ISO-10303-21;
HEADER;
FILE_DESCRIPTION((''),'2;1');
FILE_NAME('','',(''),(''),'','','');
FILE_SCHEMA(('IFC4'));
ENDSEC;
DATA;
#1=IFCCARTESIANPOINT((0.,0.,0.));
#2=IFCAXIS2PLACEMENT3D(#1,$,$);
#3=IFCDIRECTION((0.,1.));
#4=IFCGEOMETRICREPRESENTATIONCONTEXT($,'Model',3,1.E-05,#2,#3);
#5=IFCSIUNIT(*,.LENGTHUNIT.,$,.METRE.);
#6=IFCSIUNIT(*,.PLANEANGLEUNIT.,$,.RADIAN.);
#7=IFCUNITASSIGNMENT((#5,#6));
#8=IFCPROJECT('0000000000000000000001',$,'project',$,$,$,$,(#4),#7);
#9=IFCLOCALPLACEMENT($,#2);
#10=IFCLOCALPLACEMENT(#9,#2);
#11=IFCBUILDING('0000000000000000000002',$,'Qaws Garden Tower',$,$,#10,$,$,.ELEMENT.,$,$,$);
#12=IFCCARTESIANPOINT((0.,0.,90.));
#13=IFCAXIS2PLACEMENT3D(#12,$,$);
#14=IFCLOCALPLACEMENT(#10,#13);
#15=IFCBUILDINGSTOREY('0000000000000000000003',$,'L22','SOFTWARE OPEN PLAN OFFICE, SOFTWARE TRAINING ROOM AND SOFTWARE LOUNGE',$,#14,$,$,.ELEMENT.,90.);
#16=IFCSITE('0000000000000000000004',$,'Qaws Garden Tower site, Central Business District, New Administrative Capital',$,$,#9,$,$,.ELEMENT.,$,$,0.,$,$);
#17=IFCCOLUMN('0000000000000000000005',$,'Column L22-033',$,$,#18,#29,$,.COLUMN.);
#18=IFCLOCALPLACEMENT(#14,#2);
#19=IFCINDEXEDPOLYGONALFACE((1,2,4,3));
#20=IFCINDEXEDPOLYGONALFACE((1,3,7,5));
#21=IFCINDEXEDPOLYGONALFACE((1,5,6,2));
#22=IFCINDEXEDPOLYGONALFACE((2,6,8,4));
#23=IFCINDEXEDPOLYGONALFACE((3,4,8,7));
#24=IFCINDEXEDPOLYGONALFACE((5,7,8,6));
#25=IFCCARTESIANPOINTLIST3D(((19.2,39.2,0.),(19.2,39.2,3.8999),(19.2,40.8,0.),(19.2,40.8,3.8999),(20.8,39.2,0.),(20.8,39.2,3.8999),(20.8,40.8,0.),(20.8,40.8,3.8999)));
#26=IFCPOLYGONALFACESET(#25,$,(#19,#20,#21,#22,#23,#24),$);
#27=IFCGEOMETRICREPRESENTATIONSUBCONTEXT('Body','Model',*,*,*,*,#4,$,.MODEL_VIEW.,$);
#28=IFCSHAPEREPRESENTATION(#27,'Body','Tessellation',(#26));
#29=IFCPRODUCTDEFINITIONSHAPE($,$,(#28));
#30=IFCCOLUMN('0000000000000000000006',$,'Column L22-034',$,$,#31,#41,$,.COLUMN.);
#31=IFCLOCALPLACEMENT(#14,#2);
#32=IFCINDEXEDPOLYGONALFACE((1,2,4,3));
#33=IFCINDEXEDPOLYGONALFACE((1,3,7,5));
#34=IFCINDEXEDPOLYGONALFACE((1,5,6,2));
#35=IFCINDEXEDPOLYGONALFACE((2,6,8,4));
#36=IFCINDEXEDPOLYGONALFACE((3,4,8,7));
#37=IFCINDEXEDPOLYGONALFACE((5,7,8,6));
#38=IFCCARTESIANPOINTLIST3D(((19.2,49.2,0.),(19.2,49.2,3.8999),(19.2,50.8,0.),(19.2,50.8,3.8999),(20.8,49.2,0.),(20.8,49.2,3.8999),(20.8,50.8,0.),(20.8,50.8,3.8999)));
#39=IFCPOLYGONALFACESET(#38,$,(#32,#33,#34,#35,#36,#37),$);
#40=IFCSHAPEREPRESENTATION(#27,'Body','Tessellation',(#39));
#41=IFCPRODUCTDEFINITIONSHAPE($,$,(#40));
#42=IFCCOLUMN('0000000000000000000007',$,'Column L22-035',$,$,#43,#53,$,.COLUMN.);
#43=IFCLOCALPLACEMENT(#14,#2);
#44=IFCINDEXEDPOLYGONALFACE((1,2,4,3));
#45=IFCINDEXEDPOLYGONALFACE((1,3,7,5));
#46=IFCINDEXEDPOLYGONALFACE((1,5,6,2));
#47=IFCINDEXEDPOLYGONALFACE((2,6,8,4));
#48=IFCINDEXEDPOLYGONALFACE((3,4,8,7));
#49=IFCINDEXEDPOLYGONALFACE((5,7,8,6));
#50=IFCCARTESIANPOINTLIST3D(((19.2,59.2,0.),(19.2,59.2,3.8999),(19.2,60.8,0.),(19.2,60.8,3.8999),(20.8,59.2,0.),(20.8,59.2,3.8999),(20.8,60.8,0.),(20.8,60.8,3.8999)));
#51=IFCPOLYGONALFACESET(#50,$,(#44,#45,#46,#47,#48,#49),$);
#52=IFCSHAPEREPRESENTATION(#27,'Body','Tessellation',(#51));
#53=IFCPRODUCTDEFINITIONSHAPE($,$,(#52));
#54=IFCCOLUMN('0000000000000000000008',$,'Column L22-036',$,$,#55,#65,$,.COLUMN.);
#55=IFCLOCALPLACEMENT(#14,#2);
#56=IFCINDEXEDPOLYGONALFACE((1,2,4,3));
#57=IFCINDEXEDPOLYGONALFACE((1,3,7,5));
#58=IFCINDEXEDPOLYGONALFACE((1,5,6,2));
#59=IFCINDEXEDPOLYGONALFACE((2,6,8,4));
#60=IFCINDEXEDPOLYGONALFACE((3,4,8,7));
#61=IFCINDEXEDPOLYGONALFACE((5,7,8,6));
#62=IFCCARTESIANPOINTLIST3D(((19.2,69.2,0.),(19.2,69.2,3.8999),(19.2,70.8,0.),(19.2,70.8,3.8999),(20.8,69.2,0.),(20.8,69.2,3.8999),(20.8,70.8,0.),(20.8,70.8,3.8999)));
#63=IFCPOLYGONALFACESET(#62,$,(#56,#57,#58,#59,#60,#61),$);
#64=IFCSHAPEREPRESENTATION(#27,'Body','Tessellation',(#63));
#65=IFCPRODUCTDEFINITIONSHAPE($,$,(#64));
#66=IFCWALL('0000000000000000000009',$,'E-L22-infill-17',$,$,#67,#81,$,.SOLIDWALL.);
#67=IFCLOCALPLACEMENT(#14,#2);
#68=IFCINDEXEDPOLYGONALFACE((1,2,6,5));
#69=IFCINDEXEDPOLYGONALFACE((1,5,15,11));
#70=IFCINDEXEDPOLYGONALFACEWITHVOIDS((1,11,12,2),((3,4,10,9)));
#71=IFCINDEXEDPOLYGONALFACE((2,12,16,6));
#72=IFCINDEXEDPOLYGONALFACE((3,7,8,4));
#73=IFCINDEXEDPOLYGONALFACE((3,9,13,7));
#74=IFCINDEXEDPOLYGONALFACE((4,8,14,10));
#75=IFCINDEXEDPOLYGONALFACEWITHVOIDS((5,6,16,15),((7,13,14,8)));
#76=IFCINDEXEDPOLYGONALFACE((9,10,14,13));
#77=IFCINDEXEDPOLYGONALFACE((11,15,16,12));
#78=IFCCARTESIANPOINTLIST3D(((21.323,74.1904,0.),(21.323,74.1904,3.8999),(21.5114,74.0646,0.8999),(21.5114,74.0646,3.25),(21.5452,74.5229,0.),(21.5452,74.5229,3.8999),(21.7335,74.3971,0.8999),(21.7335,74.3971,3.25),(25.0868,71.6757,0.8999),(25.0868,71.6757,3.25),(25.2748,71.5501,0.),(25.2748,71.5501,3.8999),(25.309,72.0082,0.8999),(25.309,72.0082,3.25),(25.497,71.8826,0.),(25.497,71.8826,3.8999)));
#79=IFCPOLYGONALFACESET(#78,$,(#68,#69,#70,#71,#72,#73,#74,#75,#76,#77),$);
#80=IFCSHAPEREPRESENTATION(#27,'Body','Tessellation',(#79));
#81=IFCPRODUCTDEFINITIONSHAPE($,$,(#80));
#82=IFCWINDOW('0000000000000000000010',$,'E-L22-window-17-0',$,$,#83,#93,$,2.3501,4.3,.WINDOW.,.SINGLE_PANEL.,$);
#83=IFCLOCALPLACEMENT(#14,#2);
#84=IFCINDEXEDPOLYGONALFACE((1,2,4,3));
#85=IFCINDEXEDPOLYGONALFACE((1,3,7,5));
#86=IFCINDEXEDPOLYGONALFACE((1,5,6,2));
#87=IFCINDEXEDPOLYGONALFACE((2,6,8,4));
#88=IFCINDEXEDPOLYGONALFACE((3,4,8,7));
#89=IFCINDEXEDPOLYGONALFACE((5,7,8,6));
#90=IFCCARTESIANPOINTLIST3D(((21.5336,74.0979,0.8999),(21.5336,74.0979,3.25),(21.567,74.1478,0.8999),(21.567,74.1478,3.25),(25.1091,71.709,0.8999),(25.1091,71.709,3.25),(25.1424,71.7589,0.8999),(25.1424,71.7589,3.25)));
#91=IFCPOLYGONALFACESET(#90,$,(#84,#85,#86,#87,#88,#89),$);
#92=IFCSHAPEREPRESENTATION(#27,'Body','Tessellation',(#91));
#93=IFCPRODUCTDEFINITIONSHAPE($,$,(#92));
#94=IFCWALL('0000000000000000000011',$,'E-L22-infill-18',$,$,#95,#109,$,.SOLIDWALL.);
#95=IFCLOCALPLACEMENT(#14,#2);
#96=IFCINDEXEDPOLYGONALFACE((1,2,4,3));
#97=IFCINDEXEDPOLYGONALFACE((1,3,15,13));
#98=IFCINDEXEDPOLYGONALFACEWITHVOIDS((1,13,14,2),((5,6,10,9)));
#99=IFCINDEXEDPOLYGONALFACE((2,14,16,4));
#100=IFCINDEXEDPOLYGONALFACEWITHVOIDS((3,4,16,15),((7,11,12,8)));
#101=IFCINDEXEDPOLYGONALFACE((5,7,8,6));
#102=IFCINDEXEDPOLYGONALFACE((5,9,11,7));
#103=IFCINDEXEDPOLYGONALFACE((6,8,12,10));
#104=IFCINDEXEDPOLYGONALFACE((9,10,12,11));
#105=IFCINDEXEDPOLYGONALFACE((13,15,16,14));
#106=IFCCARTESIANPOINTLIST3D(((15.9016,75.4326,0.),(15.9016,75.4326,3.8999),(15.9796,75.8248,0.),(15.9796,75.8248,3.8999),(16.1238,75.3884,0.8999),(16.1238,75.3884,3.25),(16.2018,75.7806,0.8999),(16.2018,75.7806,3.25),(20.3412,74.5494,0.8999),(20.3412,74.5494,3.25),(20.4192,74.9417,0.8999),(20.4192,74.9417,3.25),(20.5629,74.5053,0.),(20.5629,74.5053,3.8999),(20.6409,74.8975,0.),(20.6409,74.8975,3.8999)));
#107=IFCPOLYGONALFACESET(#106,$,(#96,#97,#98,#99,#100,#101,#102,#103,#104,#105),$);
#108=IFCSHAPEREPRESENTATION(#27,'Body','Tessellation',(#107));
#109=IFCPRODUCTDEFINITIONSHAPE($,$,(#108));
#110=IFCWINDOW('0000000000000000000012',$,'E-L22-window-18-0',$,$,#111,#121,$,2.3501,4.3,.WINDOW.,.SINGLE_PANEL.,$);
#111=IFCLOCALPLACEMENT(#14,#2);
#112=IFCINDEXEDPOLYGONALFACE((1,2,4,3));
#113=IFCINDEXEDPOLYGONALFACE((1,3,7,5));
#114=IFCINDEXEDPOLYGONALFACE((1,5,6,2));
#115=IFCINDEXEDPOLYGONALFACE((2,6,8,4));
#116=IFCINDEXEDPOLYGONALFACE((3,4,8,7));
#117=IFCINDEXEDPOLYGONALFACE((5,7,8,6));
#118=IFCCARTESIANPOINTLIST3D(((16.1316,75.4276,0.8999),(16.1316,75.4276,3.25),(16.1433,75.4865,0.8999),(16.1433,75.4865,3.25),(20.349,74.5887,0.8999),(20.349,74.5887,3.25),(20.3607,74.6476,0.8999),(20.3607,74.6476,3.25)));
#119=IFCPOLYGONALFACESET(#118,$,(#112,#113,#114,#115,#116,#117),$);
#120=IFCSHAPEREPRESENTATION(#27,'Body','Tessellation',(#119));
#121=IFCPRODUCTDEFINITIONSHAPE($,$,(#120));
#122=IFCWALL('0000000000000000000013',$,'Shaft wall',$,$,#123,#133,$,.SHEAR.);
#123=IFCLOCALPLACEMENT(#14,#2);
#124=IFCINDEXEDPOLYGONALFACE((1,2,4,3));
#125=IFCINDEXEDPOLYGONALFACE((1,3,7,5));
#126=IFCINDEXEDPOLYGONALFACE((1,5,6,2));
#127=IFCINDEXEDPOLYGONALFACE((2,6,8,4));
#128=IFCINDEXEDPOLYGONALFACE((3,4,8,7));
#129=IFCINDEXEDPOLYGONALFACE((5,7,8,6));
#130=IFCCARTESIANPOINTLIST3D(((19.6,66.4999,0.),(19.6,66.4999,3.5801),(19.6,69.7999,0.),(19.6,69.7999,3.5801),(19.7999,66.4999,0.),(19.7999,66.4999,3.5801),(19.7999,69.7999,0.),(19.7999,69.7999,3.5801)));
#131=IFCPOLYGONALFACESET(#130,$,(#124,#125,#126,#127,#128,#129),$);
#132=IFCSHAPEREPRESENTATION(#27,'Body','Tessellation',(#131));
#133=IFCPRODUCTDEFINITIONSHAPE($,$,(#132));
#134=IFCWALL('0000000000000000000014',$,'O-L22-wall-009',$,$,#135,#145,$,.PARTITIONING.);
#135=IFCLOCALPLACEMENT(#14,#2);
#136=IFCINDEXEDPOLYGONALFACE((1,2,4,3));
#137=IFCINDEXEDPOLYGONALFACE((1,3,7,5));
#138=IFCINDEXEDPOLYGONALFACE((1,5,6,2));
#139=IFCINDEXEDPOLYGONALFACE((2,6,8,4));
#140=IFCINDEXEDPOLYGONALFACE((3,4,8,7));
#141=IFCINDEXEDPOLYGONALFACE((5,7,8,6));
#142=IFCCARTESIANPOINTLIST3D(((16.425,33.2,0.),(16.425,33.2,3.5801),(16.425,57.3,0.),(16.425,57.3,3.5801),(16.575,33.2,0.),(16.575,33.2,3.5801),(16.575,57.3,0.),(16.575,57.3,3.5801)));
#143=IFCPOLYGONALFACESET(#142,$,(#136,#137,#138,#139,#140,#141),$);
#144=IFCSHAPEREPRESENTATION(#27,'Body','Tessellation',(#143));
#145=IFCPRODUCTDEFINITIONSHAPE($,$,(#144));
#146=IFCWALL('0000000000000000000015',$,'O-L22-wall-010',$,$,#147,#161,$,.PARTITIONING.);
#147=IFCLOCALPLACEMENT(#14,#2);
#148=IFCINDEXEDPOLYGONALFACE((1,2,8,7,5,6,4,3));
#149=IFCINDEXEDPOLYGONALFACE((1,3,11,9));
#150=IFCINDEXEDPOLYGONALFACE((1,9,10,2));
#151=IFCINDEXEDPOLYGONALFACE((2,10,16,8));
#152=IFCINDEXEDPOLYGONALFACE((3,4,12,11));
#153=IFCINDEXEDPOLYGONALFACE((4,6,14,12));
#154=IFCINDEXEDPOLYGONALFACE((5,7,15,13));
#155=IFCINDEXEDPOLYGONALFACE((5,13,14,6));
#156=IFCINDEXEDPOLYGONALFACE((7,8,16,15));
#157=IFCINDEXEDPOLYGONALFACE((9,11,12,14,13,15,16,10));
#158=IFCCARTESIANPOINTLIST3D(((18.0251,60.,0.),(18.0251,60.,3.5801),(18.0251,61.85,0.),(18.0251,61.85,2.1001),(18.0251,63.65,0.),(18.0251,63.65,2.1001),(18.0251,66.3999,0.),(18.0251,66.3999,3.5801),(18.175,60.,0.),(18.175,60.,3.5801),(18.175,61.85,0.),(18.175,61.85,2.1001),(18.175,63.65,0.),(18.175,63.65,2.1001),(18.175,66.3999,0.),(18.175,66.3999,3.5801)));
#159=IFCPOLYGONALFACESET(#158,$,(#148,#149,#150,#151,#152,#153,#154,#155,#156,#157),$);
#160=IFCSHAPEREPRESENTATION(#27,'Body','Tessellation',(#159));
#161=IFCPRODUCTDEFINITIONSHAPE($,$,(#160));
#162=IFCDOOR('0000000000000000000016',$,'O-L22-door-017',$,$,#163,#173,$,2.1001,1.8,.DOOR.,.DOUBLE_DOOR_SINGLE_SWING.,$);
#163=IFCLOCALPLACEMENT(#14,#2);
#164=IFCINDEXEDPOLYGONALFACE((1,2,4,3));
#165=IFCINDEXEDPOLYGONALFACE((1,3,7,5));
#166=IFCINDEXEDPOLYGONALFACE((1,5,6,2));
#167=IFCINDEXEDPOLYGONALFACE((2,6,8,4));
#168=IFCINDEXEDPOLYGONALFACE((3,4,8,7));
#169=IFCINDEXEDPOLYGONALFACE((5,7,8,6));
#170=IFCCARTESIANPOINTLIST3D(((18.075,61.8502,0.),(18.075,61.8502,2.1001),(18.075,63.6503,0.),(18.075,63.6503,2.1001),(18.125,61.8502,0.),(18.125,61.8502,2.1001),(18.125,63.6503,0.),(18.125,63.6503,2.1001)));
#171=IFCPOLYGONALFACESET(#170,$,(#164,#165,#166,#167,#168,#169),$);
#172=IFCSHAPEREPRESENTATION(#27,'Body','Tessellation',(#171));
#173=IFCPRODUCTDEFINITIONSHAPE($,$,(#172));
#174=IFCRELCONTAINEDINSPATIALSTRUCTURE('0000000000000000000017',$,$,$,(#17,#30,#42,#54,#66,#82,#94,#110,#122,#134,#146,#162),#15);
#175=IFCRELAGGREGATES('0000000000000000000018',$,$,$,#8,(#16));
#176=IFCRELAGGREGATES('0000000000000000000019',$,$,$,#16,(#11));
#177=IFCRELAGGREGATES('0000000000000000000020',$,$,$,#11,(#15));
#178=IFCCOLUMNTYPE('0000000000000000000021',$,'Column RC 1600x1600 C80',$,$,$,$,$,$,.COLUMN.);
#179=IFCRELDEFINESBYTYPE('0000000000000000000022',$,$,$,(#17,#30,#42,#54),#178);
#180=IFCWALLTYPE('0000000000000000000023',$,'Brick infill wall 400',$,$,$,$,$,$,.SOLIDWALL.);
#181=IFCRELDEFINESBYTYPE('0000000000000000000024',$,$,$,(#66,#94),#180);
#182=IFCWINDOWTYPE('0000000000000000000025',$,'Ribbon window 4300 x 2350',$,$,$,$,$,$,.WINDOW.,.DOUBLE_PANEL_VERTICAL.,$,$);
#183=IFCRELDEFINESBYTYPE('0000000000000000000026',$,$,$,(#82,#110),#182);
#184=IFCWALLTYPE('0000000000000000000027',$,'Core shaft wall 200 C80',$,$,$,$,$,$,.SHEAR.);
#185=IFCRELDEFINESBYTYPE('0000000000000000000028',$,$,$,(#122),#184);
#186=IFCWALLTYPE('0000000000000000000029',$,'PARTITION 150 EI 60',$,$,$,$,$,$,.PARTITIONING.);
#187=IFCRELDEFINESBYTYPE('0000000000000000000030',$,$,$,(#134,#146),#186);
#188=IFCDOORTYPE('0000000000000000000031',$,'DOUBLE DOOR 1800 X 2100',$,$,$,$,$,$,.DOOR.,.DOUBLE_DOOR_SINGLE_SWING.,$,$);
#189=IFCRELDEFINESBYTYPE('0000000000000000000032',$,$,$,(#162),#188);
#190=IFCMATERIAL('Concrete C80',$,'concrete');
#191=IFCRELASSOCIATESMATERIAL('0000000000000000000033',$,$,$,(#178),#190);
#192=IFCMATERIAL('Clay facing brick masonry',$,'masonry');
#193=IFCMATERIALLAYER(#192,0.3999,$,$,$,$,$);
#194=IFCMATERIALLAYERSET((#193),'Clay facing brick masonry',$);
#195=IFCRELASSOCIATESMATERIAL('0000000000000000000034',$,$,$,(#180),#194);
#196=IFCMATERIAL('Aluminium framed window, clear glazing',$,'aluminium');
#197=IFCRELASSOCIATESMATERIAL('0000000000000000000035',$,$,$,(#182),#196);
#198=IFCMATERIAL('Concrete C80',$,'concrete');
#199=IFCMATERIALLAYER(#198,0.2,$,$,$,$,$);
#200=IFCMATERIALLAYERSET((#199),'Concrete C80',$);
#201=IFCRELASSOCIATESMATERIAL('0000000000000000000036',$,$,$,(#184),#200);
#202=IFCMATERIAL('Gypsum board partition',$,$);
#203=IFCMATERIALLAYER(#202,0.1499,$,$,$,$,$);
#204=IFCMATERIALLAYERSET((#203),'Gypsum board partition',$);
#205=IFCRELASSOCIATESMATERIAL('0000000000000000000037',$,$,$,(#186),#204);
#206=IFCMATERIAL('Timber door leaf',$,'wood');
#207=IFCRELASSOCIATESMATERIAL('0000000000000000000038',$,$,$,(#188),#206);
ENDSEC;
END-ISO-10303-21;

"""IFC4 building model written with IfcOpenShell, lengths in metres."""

from ifc_helpers import new_model, si_unit, direction, frame, frame_2d, origin, origin_2d, place, context, subcontext, project, spatial, rectangle, extrude, material, layer, layer_set, material_profile, profile_set, type_object, element, fill, save


model = new_model("IFC4")

# Units and contexts
model_context = context("Model", 3, precision=1e-05, world=origin(), true_north=direction((0.0, 1.0)))
body_context = subcontext(model_context, "Body", "Model", "MODEL_VIEW")
ifc_project = project(units=[si_unit("LENGTHUNIT", "METRE"), si_unit("PLANEANGLEUNIT", "RADIAN")], contexts=[model_context])

# Site, building, storey
site_placement = place(None, origin())
site = spatial("IfcSite", under=ifc_project, at=site_placement, Name="Qaws Garden Tower site, Central Business District, New Administrative Capital", CompositionType="ELEMENT", RefElevation=0.0)
building_placement = place(site_placement, origin())
building = spatial("IfcBuilding", under=site, at=building_placement, Name="Qaws Garden Tower", CompositionType="ELEMENT")
storey_placement = place(building_placement, frame((0.0, 0.0, 90.0)))
storey = spatial("IfcBuildingStorey", under=building, at=storey_placement, Name="L22", Description="SOFTWARE OPEN PLAN OFFICE, SOFTWARE TRAINING ROOM AND SOFTWARE LOUNGE", CompositionType="ELEMENT", Elevation=90.0)

# Columns
ifc_material_1 = material(Name="Concrete C80", Category="concrete")
ifc_material_profile = material_profile(ifc_material_1, rectangle(XDim=1.6001, YDim=1.6001, at=origin_2d()), Name="RC 1600x1600")
ifc_profile_set = profile_set([ifc_material_profile], Name="Concrete C80")
column_type = type_object("IfcColumnType", Name="Column RC 1600x1600 C80", PredefinedType="COLUMN", material=ifc_profile_set)
for number, where, z_axis, x_axis, name in (
    (1, (20.0, 40.0, 0.0), (0.0, 0.0, 1.0), (1.0, 0.0, 0.0), "Column L22-033"),
    (2, (20.0, 50.0, 0.0), (0.0, 0.0, 1.0), (1.0, 0.0, 0.0), "Column L22-034"),
    (3, (20.0, 60.0, 0.0), (0.0, 0.0, 1.0), (1.0, 0.0, 0.0), "Column L22-035"),
    (4, (20.0, 70.0, 0.0), (0.0, 0.0, 1.0), (1.0, 0.0, 0.0), "Column L22-036"),
):
    element("IfcColumn", number, at=place(storey_placement, frame(where, z_axis=z_axis, x_axis=x_axis)), inside=storey, type_object=column_type, Name=name, PredefinedType="COLUMN", context=body_context, shape_type="SweptSolid", body=[
        extrude(rectangle(XDim=1.6001, YDim=1.6001, at=origin_2d()), origin(), (0.0, 0.0, 1.0), 3.8999),
    ])

# Walls, openings, windows
ifc_material_2 = material(Name="Clay facing brick masonry", Category="masonry")
ifc_layer_1 = layer(ifc_material_2, 0.3999)
ifc_layer_set_1 = layer_set([ifc_layer_1], Name="Clay facing brick masonry")
wall_type_1 = type_object("IfcWallType", Name="Brick infill wall 400", PredefinedType="SOLIDWALL", material=ifc_layer_set_1)
wall_1_placement = place(storey_placement, frame((25.386, 71.7163, 0.0), z_axis=(0.0, 0.0, 1.0), x_axis=(-0.831489, 0.555542, 0.0)))
wall_1 = element("IfcWall", 5, at=wall_1_placement, inside=storey, type_object=wall_type_1, Name="E-L22-infill-17", PredefinedType="SOLIDWALL", context=body_context, shape_type="SweptSolid", body=[
    extrude(rectangle(XDim=4.7527, YDim=0.3999, at=frame_2d((2.3765, 0.0))), origin(), (0.0, 0.0, 1.0), 3.8999),
])
opening_1_placement = place(wall_1_placement, frame((0.2263, 0.0, 0.8999)))
opening_1 = element("IfcOpeningElement", 6, at=opening_1_placement, cuts=wall_1, PredefinedType="OPENING", context=body_context, shape_type="SweptSolid", body=[
    extrude(rectangle(XDim=4.3, YDim=2.3501, at=frame_2d((2.1499, 1.175))), frame((0.0, 0.21, 0.0), z_axis=(0.0, -1.0, 0.0), x_axis=(1.0, 0.0, 0.0)), (0.0, 0.0, 1.0), 0.4199),
])
ifc_material_3 = material(Name="Aluminium framed window, clear glazing", Category="aluminium")
window_type = type_object("IfcWindowType", Name="Ribbon window 4300 x 2350", PartitioningType="DOUBLE_PANEL_VERTICAL", PredefinedType="WINDOW", material=ifc_material_3)
window_1_placement = place(opening_1_placement, origin())
window_1 = element("IfcWindow", 7, at=window_1_placement, inside=storey, type_object=window_type, Name="E-L22-window-17-0", OverallHeight=2.3501, OverallWidth=4.3, PartitioningType="SINGLE_PANEL", PredefinedType="WINDOW", context=body_context, shape_type="SweptSolid", body=[
    extrude(rectangle(XDim=4.3, YDim=2.3501, at=frame_2d((2.1499, 1.175))), frame((0.0, 0.1599, 0.0), z_axis=(0.0, -1.0, 0.0), x_axis=(1.0, 0.0, 0.0)), (0.0, 0.0, 1.0), 0.0601),
])
fill(opening_1, window_1)
wall_2_placement = place(storey_placement, frame((20.6021, 74.7014, 0.0), z_axis=(0.0, 0.0, 1.0), x_axis=(-0.980784, 0.195099, 0.0)))
wall_2 = element("IfcWall", 8, at=wall_2_placement, inside=storey, type_object=wall_type_1, Name="E-L22-infill-18", PredefinedType="SOLIDWALL", context=body_context, shape_type="SweptSolid", body=[
    extrude(rectangle(XDim=4.7527, YDim=0.3999, at=frame_2d((2.3765, 0.0))), origin(), (0.0, 0.0, 1.0), 3.8999),
])
opening_2_placement = place(wall_2_placement, frame((0.2263, 0.0, 0.8999)))
opening_2 = element("IfcOpeningElement", 9, at=opening_2_placement, cuts=wall_2, PredefinedType="OPENING", context=body_context, shape_type="SweptSolid", body=[
    extrude(rectangle(XDim=4.3, YDim=2.3501, at=frame_2d((2.1499, 1.175))), frame((0.0, 0.21, 0.0), z_axis=(0.0, -1.0, 0.0), x_axis=(1.0, 0.0, 0.0)), (0.0, 0.0, 1.0), 0.4199),
])
window_2_placement = place(opening_2_placement, origin())
window_2 = element("IfcWindow", 10, at=window_2_placement, inside=storey, type_object=window_type, Name="E-L22-window-18-0", OverallHeight=2.3501, OverallWidth=4.3, PartitioningType="SINGLE_PANEL", PredefinedType="WINDOW", context=body_context, shape_type="SweptSolid", body=[
    extrude(rectangle(XDim=4.3, YDim=2.3501, at=frame_2d((2.1499, 1.175))), frame((0.0, 0.1599, 0.0), z_axis=(0.0, -1.0, 0.0), x_axis=(1.0, 0.0, 0.0)), (0.0, 0.0, 1.0), 0.0601),
])
fill(opening_2, window_2)

# Walls
ifc_material_4 = material(Name="Concrete C80", Category="concrete")
ifc_layer_2 = layer(ifc_material_4, 0.2)
ifc_layer_set_2 = layer_set([ifc_layer_2], Name="Concrete C80")
wall_type_2 = type_object("IfcWallType", Name="Core shaft wall 200 C80", PredefinedType="SHEAR", material=ifc_layer_set_2)
wall_3_placement = place(storey_placement, frame((19.7, 66.5, 0.0), z_axis=(0.0, 0.0, 1.0), x_axis=(0.0, 1.0, 0.0)))
element("IfcWall", 11, at=wall_3_placement, inside=storey, type_object=wall_type_2, Name="Shaft wall", PredefinedType="SHEAR", context=body_context, shape_type="SweptSolid", body=[
    extrude(rectangle(XDim=3.3, YDim=0.2, at=frame_2d((1.6499, 0.0))), origin(), (0.0, 0.0, 1.0), 3.5801),
])
ifc_material_5 = material(Name="Gypsum board partition")
ifc_layer_3 = layer(ifc_material_5, 0.1499)
ifc_layer_set_3 = layer_set([ifc_layer_3], Name="Gypsum board partition")
wall_type_3 = type_object("IfcWallType", Name="PARTITION 150 EI 60", PredefinedType="PARTITIONING", material=ifc_layer_set_3)
wall_4_placement = place(storey_placement, frame((16.5, 33.2, 0.0), z_axis=(0.0, 0.0, 1.0), x_axis=(0.0, 1.0, 0.0)))
element("IfcWall", 12, at=wall_4_placement, inside=storey, type_object=wall_type_3, Name="O-L22-wall-009", PredefinedType="PARTITIONING", context=body_context, shape_type="SweptSolid", body=[
    extrude(rectangle(XDim=24.1001, YDim=0.1499, at=frame_2d((12.05, 0.0))), origin(), (0.0, 0.0, 1.0), 3.5801),
])

# Wall, opening, door
wall_5_placement = place(storey_placement, frame((18.1001, 60.0, 0.0), z_axis=(0.0, 0.0, 1.0), x_axis=(0.0, 1.0, 0.0)))
wall_5 = element("IfcWall", 13, at=wall_5_placement, inside=storey, type_object=wall_type_3, Name="O-L22-wall-010", PredefinedType="PARTITIONING", context=body_context, shape_type="SweptSolid", body=[
    extrude(rectangle(XDim=6.3999, YDim=0.1499, at=frame_2d((3.2, 0.0))), origin(), (0.0, 0.0, 1.0), 3.5801),
])
opening_3_placement = place(wall_5_placement, frame((1.8501, 0.0, 0.0)))
opening_3 = element("IfcOpeningElement", 14, at=opening_3_placement, cuts=wall_5, PredefinedType="OPENING", context=body_context, shape_type="SweptSolid", body=[
    extrude(rectangle(XDim=1.8, YDim=2.1001, at=frame_2d((0.8999, 1.05))), frame((0.0, 0.085, 0.0), z_axis=(0.0, -1.0, 0.0), x_axis=(1.0, 0.0, 0.0)), (0.0, 0.0, 1.0), 0.1699),
])
ifc_material_6 = material(Name="Timber door leaf", Category="wood")
door_type_1 = type_object("IfcDoorType", Name="DOUBLE DOOR 1800 X 2100", OperationType="DOUBLE_DOOR_SINGLE_SWING", PredefinedType="DOOR", material=ifc_material_6)
door_1_placement = place(opening_3_placement, frame((1.8, 0.0, 0.0), z_axis=(0.0, 0.0, 1.0), x_axis=(-1.0, 0.0, 0.0)))
door_1 = element("IfcDoor", 15, at=door_1_placement, inside=storey, type_object=door_type_1, Name="O-L22-door-017", OperationType="DOUBLE_DOOR_SINGLE_SWING", OverallHeight=2.1001, OverallWidth=1.8, PredefinedType="DOOR", context=body_context, shape_type="SweptSolid", body=[
    extrude(rectangle(XDim=1.8, YDim=2.1001, at=frame_2d((0.8999, 1.05))), frame((0.0, 0.0249, 0.0), z_axis=(0.0, -1.0, 0.0), x_axis=(1.0, 0.0, 0.0)), (0.0, 0.0, 1.0), 0.05),
])
fill(opening_3, door_1)

save(model, "model.ifc")
